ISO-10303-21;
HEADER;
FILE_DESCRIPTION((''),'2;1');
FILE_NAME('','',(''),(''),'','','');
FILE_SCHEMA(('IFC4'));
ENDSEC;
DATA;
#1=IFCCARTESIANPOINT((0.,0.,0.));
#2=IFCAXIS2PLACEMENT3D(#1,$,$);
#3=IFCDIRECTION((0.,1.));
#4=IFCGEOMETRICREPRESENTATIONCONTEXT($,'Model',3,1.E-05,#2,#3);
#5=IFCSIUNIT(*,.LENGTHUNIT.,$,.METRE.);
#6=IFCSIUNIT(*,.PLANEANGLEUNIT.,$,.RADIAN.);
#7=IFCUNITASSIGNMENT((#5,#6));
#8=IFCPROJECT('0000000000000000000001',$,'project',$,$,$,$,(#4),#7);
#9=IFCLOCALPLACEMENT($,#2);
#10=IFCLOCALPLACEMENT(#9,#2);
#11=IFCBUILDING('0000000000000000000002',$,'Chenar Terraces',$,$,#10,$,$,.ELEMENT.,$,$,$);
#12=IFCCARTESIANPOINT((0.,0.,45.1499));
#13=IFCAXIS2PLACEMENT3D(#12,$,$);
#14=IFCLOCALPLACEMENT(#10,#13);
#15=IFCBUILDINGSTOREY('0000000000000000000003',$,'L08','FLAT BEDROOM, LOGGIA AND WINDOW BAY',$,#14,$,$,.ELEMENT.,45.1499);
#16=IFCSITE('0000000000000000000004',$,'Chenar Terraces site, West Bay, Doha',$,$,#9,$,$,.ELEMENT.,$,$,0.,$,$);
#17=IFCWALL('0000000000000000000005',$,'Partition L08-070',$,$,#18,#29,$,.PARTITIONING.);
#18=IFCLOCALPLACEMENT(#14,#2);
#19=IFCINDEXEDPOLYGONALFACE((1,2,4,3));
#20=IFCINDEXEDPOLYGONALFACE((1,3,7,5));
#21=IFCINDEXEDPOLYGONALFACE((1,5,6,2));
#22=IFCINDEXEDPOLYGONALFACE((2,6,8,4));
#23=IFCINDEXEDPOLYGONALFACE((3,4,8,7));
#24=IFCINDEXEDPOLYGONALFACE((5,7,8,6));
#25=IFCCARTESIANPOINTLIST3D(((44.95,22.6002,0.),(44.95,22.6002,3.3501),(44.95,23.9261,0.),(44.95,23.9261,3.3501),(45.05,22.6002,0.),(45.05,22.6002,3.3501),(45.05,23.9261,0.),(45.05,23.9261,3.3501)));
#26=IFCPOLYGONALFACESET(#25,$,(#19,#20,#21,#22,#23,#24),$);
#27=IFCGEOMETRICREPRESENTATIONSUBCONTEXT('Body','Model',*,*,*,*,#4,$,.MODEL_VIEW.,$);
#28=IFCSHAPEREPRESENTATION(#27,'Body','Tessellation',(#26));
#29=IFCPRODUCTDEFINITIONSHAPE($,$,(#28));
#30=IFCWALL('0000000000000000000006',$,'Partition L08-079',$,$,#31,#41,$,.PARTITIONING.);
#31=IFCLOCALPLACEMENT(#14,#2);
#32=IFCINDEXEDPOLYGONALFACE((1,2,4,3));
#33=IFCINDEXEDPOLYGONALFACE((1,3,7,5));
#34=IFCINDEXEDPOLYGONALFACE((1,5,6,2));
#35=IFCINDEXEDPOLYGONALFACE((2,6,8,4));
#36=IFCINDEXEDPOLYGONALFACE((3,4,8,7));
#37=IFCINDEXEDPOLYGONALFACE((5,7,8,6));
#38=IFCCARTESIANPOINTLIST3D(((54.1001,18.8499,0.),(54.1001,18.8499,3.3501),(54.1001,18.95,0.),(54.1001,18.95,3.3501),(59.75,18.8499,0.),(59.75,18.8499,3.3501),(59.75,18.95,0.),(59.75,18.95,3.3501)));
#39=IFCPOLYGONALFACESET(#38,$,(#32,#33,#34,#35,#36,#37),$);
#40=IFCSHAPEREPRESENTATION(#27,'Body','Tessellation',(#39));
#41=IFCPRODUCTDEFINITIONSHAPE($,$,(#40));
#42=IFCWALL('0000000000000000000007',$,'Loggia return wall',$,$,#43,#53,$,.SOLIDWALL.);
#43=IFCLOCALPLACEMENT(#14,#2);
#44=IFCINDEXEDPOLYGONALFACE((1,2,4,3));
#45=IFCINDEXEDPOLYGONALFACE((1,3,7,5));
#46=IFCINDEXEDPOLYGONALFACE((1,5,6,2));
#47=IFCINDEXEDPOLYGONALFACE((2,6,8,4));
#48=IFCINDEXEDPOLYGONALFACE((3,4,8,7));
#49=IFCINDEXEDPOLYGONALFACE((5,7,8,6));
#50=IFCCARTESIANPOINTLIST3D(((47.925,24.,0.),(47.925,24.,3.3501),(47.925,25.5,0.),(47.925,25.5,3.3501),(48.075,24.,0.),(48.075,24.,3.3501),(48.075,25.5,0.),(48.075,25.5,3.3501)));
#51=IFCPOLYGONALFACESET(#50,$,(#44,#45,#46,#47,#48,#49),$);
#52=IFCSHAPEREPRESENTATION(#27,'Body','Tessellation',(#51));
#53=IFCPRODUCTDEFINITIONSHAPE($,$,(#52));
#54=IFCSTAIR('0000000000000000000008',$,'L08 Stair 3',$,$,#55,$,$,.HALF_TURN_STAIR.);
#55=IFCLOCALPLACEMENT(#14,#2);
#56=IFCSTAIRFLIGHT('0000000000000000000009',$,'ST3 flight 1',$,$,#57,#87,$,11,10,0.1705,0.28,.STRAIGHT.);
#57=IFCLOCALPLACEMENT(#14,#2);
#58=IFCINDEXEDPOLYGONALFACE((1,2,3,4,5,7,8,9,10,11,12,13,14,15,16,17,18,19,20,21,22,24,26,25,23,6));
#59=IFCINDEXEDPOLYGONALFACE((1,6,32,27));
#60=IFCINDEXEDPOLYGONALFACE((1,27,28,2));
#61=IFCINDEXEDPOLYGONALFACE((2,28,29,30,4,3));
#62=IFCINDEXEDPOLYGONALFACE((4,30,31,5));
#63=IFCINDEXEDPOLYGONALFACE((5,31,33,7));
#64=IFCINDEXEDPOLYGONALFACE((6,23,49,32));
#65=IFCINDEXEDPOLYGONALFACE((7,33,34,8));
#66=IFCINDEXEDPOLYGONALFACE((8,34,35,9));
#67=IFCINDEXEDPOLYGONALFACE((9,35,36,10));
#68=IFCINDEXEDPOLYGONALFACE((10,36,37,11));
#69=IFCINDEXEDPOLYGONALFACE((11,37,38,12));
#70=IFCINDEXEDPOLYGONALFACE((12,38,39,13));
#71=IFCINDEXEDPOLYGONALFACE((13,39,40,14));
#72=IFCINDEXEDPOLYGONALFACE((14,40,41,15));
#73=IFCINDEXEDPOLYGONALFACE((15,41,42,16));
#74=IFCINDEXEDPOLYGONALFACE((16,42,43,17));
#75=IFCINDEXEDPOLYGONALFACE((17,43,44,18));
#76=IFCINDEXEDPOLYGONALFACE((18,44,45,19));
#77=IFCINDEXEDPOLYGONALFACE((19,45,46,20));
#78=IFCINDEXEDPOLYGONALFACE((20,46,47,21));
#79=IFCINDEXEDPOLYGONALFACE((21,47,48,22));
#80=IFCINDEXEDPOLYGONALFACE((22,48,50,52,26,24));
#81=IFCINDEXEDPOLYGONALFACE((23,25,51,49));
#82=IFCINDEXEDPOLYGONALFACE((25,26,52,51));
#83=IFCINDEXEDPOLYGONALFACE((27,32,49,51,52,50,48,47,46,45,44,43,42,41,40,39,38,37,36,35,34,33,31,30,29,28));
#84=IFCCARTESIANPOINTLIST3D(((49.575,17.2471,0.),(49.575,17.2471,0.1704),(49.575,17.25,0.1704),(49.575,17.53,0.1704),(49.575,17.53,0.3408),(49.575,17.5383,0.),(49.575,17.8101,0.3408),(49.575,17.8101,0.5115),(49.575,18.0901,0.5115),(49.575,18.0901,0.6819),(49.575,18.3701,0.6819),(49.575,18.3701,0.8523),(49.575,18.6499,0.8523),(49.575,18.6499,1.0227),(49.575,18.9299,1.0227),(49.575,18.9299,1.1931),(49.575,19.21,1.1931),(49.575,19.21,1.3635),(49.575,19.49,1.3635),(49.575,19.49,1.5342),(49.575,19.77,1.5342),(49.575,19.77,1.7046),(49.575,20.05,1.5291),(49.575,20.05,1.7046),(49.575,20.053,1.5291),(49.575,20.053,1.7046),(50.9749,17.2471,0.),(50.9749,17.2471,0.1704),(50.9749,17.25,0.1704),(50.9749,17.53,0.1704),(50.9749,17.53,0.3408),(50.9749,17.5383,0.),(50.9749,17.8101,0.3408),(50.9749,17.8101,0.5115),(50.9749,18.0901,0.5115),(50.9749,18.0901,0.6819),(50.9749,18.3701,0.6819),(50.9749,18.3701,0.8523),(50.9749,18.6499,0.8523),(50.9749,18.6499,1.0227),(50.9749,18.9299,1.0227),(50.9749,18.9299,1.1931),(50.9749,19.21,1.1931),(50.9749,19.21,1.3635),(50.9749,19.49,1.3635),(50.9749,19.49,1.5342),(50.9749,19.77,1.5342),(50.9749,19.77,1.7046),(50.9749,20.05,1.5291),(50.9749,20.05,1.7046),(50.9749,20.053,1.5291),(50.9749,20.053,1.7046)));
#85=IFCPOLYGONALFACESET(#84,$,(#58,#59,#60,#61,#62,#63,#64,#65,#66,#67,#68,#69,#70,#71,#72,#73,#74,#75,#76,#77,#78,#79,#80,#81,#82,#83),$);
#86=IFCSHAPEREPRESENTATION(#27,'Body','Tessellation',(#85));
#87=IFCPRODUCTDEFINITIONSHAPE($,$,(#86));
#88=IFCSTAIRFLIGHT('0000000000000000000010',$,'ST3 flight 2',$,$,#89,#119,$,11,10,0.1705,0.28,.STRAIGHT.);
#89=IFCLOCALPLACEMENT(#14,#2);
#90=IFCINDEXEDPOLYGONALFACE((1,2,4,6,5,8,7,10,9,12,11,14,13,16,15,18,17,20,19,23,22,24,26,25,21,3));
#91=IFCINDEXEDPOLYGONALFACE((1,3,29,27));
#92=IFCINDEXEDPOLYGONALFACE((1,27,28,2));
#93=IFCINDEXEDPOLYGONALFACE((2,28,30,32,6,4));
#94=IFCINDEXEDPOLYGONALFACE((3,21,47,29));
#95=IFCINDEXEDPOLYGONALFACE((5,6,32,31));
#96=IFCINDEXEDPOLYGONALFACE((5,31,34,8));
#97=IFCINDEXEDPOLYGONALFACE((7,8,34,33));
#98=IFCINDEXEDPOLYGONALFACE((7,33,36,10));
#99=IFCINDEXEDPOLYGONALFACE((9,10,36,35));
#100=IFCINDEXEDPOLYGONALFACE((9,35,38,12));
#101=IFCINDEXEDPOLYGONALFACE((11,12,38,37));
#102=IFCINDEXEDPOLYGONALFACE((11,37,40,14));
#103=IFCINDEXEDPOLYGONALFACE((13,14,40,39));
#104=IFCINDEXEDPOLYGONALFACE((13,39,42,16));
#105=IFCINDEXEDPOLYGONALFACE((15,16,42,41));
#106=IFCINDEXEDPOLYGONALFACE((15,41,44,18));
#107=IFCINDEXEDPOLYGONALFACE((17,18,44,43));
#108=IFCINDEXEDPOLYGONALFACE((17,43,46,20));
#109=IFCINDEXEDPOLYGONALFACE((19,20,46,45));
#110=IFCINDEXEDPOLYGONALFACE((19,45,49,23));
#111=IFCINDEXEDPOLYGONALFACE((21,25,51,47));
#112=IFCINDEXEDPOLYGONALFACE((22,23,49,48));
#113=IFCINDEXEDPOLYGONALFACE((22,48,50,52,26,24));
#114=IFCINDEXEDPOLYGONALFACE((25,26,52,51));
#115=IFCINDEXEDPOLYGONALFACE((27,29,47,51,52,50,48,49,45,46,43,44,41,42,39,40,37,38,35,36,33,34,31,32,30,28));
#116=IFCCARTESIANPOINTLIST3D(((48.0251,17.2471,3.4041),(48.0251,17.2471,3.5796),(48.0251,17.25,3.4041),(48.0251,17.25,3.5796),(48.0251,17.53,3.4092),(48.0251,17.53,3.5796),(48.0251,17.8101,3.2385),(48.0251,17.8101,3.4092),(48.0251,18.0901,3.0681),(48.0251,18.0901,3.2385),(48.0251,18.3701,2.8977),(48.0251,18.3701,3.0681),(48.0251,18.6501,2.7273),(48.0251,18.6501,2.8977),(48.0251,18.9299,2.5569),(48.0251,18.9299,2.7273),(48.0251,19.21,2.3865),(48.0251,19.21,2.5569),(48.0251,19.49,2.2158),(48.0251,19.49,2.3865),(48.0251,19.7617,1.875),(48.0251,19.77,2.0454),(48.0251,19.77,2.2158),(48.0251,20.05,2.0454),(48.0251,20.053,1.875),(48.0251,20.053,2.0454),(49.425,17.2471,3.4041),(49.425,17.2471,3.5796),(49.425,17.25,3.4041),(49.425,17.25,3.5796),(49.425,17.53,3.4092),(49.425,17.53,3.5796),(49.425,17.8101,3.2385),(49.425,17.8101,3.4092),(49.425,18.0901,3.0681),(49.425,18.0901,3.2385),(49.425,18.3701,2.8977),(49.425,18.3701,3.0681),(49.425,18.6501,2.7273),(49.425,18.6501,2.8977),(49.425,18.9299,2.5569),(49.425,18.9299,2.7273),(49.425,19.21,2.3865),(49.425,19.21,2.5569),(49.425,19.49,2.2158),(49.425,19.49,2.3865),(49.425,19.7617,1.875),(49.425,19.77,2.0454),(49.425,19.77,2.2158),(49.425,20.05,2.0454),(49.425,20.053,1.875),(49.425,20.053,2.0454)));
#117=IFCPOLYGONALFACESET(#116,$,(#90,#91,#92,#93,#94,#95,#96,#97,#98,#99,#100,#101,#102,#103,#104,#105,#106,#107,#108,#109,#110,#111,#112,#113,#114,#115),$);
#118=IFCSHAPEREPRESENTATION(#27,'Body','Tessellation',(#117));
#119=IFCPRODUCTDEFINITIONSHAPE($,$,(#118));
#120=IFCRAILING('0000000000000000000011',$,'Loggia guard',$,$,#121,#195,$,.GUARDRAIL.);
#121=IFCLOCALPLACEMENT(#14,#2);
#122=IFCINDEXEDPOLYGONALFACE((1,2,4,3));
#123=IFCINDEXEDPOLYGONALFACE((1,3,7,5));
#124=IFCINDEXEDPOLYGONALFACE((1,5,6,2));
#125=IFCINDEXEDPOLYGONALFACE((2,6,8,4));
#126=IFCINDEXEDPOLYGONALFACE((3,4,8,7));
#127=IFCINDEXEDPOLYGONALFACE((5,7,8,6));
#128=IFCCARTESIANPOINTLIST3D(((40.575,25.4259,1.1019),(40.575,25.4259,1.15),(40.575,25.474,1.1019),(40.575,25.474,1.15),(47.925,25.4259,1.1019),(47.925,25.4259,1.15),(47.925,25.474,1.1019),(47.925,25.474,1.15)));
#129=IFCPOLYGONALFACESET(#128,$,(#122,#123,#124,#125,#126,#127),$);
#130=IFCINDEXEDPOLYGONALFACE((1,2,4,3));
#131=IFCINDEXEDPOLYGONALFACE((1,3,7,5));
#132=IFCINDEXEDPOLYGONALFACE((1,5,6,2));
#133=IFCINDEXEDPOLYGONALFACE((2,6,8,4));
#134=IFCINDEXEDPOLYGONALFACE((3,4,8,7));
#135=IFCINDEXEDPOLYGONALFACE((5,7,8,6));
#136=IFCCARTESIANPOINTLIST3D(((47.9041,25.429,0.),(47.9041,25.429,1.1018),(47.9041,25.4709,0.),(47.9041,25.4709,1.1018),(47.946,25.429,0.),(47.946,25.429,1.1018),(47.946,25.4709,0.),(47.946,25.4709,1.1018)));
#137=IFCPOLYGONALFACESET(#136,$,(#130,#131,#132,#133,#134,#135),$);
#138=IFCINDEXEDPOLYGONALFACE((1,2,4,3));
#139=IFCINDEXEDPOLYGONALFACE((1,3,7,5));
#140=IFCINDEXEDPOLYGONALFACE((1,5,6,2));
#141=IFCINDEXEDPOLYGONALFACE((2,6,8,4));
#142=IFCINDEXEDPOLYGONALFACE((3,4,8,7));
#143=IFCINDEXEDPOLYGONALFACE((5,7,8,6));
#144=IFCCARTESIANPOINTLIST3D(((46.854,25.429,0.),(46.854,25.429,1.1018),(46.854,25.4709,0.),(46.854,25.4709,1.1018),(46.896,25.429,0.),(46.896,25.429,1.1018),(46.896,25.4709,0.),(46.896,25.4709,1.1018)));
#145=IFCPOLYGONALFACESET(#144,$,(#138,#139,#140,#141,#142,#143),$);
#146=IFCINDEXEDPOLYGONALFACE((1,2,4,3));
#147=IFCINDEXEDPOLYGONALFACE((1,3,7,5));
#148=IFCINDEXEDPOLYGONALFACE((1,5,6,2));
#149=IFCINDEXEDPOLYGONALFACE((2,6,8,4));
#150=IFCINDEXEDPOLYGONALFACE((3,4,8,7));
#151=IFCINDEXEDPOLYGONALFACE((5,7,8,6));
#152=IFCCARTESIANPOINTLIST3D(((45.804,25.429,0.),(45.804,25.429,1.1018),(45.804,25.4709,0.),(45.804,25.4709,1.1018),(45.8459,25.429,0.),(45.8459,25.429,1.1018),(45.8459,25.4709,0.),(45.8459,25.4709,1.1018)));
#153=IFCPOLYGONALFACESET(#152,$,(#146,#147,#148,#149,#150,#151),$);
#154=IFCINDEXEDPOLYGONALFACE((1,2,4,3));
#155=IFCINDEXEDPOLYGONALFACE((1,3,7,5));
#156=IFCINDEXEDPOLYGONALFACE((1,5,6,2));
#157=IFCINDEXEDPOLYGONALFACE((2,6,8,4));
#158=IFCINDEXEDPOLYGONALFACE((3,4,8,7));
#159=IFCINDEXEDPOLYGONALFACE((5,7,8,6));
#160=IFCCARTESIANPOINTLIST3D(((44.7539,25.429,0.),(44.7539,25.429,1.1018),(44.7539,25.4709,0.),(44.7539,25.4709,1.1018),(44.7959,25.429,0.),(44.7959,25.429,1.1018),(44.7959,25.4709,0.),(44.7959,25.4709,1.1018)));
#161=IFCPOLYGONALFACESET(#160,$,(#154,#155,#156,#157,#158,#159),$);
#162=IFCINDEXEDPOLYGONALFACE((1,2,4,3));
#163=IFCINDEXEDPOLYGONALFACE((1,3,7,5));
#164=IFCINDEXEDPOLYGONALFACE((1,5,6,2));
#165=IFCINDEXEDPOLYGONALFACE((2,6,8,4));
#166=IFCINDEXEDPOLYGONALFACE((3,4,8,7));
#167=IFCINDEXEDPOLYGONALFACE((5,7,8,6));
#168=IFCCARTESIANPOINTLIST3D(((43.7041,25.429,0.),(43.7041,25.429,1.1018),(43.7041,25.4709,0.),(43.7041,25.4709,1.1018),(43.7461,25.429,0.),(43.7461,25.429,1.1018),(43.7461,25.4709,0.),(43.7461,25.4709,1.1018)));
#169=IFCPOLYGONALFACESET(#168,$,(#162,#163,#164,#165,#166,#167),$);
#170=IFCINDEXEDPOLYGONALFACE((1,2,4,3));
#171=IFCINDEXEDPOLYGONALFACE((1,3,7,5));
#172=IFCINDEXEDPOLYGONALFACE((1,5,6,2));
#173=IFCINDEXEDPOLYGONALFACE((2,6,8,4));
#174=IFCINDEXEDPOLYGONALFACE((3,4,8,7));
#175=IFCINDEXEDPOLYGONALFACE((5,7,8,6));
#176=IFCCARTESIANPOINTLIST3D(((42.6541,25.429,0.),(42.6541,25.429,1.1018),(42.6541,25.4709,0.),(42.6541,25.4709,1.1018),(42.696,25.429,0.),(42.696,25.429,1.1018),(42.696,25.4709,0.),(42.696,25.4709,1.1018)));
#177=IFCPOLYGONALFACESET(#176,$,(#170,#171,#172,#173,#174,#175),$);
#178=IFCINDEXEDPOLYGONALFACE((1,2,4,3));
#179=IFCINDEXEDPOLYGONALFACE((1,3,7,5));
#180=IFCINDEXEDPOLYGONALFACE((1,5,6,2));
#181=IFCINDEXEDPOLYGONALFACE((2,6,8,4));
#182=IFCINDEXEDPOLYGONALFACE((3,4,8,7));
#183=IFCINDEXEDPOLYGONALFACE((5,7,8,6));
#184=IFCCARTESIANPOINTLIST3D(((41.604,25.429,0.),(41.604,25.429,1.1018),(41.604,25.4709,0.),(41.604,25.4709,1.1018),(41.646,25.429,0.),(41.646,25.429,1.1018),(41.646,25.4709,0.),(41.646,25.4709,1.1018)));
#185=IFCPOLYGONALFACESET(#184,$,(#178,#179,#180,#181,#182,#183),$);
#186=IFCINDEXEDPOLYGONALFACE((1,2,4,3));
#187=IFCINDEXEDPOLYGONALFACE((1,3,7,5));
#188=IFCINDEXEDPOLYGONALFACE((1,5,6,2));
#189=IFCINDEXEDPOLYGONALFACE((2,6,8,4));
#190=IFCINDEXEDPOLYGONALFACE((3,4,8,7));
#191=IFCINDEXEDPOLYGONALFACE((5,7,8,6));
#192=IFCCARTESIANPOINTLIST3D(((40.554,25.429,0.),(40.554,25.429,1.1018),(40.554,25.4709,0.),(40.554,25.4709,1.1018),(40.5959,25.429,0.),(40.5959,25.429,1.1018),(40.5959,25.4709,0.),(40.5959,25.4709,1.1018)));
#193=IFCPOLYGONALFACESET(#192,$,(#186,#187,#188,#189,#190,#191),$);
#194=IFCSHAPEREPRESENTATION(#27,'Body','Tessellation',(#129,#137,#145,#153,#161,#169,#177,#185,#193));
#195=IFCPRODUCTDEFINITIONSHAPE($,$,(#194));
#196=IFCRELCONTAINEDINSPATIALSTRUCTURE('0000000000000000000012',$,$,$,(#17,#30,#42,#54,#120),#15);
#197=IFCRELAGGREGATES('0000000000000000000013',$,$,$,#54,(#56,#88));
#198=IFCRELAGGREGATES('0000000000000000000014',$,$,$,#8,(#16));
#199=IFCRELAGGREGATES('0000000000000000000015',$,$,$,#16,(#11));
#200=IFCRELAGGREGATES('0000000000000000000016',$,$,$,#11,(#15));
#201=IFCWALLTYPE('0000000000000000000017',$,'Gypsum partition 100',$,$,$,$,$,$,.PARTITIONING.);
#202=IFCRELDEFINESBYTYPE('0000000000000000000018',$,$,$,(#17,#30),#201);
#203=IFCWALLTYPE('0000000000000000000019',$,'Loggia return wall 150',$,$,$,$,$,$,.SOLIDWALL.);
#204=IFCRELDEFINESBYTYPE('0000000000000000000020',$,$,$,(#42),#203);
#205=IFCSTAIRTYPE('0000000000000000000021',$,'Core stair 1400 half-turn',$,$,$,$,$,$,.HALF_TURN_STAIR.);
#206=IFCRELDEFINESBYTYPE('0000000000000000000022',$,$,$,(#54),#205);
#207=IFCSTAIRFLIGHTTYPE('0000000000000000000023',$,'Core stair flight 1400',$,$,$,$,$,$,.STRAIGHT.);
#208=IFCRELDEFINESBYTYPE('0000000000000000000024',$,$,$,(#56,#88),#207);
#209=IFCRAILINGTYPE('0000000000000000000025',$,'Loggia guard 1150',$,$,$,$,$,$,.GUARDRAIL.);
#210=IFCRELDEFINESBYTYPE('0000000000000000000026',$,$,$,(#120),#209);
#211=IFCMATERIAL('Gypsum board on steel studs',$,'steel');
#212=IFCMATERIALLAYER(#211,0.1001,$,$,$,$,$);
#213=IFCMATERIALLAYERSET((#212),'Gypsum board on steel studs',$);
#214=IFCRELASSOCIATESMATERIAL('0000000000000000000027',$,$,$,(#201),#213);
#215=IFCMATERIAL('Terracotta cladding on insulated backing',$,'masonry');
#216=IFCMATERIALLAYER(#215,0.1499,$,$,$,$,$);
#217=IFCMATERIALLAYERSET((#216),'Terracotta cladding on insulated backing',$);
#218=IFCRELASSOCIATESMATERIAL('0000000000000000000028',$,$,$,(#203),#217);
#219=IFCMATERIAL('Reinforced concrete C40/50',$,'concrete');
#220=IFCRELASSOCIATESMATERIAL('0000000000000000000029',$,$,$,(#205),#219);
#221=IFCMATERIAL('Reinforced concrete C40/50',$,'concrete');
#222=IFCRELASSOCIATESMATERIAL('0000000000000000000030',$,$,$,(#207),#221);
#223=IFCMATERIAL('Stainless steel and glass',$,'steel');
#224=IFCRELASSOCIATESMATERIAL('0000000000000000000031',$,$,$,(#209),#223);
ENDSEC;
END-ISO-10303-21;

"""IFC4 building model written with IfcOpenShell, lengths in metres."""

from ifc_helpers import new_model, si_unit, direction, frame, frame_2d, origin, origin_2d, place, context, subcontext, project, spatial, polyline, rectangle, outline, extrude, material, layer, layer_set, type_object, element, aggregate, save


model = new_model("IFC4")

# Units and contexts
model_context = context("Model", 3, precision=1e-05, world=origin(), true_north=direction((0.0, 1.0)))
body_context = subcontext(model_context, "Body", "Model", "MODEL_VIEW")
ifc_project = project(units=[si_unit("LENGTHUNIT", "METRE"), si_unit("PLANEANGLEUNIT", "RADIAN")], contexts=[model_context])

# Site, building, storey
site_placement = place(None, origin())
site = spatial("IfcSite", under=ifc_project, at=site_placement, Name="Chenar Terraces site, West Bay, Doha", CompositionType="ELEMENT", RefElevation=0.0)
building_placement = place(site_placement, origin())
building = spatial("IfcBuilding", under=site, at=building_placement, Name="Chenar Terraces", CompositionType="ELEMENT")
storey_placement = place(building_placement, frame((0.0, 0.0, 45.1499)))
storey = spatial("IfcBuildingStorey", under=building, at=storey_placement, Name="L08", Description="FLAT BEDROOM, LOGGIA AND WINDOW BAY", CompositionType="ELEMENT", Elevation=45.1499)

# Walls
ifc_material_1 = material(Name="Gypsum board on steel studs", Category="steel")
ifc_layer_1 = layer(ifc_material_1, 0.1001)
ifc_layer_set_1 = layer_set([ifc_layer_1], Name="Gypsum board on steel studs")
wall_type_1 = type_object("IfcWallType", Name="Gypsum partition 100", PredefinedType="PARTITIONING", material=ifc_layer_set_1)
wall_1_placement = place(storey_placement, frame((45.0, 22.6001, 0.0), z_axis=(0.0, 0.0, 1.0), x_axis=(0.0, 1.0, 0.0)))
element("IfcWall", 1, at=wall_1_placement, inside=storey, type_object=wall_type_1, Name="Partition L08-070", PredefinedType="PARTITIONING", context=body_context, shape_type="SweptSolid", body=[
    extrude(rectangle(XDim=1.3259, YDim=0.1001, at=frame_2d((0.6631, 0.0))), origin(), (0.0, 0.0, 1.0), 3.3501),
])
wall_2_placement = place(storey_placement, frame((54.1001, 18.8999, 0.0), z_axis=(0.0, 0.0, 1.0), x_axis=(1.0, 0.0, 0.0)))
element("IfcWall", 2, at=wall_2_placement, inside=storey, type_object=wall_type_1, Name="Partition L08-079", PredefinedType="PARTITIONING", context=body_context, shape_type="SweptSolid", body=[
    extrude(rectangle(XDim=5.6499, YDim=0.1001, at=frame_2d((2.825, 0.0))), origin(), (0.0, 0.0, 1.0), 3.3501),
])
ifc_material_2 = material(Name="Terracotta cladding on insulated backing", Category="masonry")
ifc_layer_2 = layer(ifc_material_2, 0.1499)
ifc_layer_set_2 = layer_set([ifc_layer_2], Name="Terracotta cladding on insulated backing")
wall_type_2 = type_object("IfcWallType", Name="Loggia return wall 150", PredefinedType="SOLIDWALL", material=ifc_layer_set_2)
wall_3_placement = place(storey_placement, frame((48.0, 25.5, 0.0), z_axis=(0.0, 0.0, 1.0), x_axis=(0.0, -1.0, 0.0)))
element("IfcWall", 3, at=wall_3_placement, inside=storey, type_object=wall_type_2, Name="Loggia return wall", PredefinedType="SOLIDWALL", context=body_context, shape_type="SweptSolid", body=[
    extrude(rectangle(XDim=1.5, YDim=0.1499, at=frame_2d((0.75, 0.0))), origin(), (0.0, 0.0, 1.0), 3.3501),
])

# Stair, stair flights
ifc_material_3 = material(Name="Reinforced concrete C40/50", Category="concrete")
stair_type = type_object("IfcStairType", Name="Core stair 1400 half-turn", PredefinedType="HALF_TURN_STAIR", material=ifc_material_3)
stair_placement = place(storey_placement, origin())
stair = element("IfcStair", 4, at=stair_placement, inside=storey, type_object=stair_type, Name="L08 Stair 3", PredefinedType="HALF_TURN_STAIR")
ifc_material_4 = material(Name="Reinforced concrete C40/50", Category="concrete")
stair_flight_type = type_object("IfcStairFlightType", Name="Core stair flight 1400", PredefinedType="STRAIGHT", material=ifc_material_4)
stair_flight_1_placement = place(storey_placement, frame((50.2749, 17.25, 0.0), z_axis=(0.0, 0.0, 1.0), x_axis=(0.0, 1.0, 0.0)))
stair_flight_1 = element("IfcStairFlight", 5, at=stair_flight_1_placement, type_object=stair_flight_type, Name="ST3 flight 1", NumberOfRisers=11, NumberOfTreads=10, PredefinedType="STRAIGHT", RiserHeight=0.1705, TreadLength=0.28, context=body_context, shape_type="SweptSolid", body=[
    extrude(outline(polyline([(-0.0029, 0.0), (-0.0029, 0.1704), (0.0, 0.1704), (0.28, 0.1704), (0.28, 0.3408), (0.5601, 0.3408), (0.5601, 0.5115), (0.8401, 0.5115), (0.8401, 0.6819), (1.1201, 0.6819), (1.1201, 0.8523), (1.3999, 0.8523), (1.3999, 1.0227), (1.6799, 1.0227), (1.6799, 1.1931), (1.96, 1.1931), (1.96, 1.3635), (2.24, 1.3635), (2.24, 1.5342), (2.52, 1.5342), (2.52, 1.7046), (2.8, 1.7046), (2.803, 1.7046), (2.803, 1.5291), (2.8, 1.5291), (0.2883, 0.0), (-0.0029, 0.0)])), frame((0.0, 0.7, 0.0), z_axis=(0.0, -1.0, 0.0), x_axis=(1.0, 0.0, 0.0)), (0.0, 0.0, 1.0), 1.3999),
])
stair_flight_2_placement = place(storey_placement, frame((48.7251, 20.05, 1.875), z_axis=(0.0, 0.0, 1.0), x_axis=(0.0, -1.0, 0.0)))
stair_flight_2 = element("IfcStairFlight", 6, at=stair_flight_2_placement, type_object=stair_flight_type, Name="ST3 flight 2", NumberOfRisers=11, NumberOfTreads=10, PredefinedType="STRAIGHT", RiserHeight=0.1705, TreadLength=0.28, context=body_context, shape_type="SweptSolid", body=[
    extrude(outline(polyline([(-0.0029, 0.0), (-0.0029, 0.1704), (0.0, 0.1704), (0.28, 0.1704), (0.28, 0.3408), (0.5601, 0.3408), (0.5601, 0.5115), (0.8401, 0.5115), (0.8401, 0.6819), (1.1201, 0.6819), (1.1201, 0.8523), (1.3999, 0.8523), (1.3999, 1.0227), (1.6799, 1.0227), (1.6799, 1.1931), (1.96, 1.1931), (1.96, 1.3635), (2.24, 1.3635), (2.24, 1.5342), (2.52, 1.5342), (2.52, 1.7046), (2.8, 1.7046), (2.803, 1.7046), (2.803, 1.5291), (2.8, 1.5291), (0.2883, 0.0), (-0.0029, 0.0)])), frame((0.0, 0.7, 0.0), z_axis=(0.0, -1.0, 0.0), x_axis=(1.0, 0.0, 0.0)), (0.0, 0.0, 1.0), 1.3999),
])
aggregate(stair, [stair_flight_1, stair_flight_2])

# Railing
ifc_material_5 = material(Name="Stainless steel and glass", Category="steel")
railing_type_1 = type_object("IfcRailingType", Name="Loggia guard 1150", PredefinedType="GUARDRAIL", material=ifc_material_5)
railing_1_placement = place(storey_placement, frame((47.925, 25.45, 0.0)))
element("IfcRailing", 7, at=railing_1_placement, inside=storey, type_object=railing_type_1, Name="Loggia guard", PredefinedType="GUARDRAIL", context=body_context, shape_type="SweptSolid", body=[
    extrude(rectangle(XDim=0.0481, YDim=0.0481, at=origin_2d()), frame((0.0, 0.0, 1.126), z_axis=(-1.0, 0.0, 0.0), x_axis=(0.0, -1.0, 0.0)), (0.0, 0.0, 1.0), 7.3501),
    extrude(rectangle(XDim=0.042, YDim=0.042, at=origin_2d()), origin(), (0.0, 0.0, 1.0), 1.1018),
    extrude(rectangle(XDim=0.042, YDim=0.042, at=origin_2d()), frame((-1.05, 0.0, 0.0)), (0.0, 0.0, 1.0), 1.1018),
    extrude(rectangle(XDim=0.042, YDim=0.042, at=origin_2d()), frame((-2.1001, 0.0, 0.0)), (0.0, 0.0, 1.0), 1.1018),
    extrude(rectangle(XDim=0.042, YDim=0.042, at=origin_2d()), frame((-3.1501, 0.0, 0.0)), (0.0, 0.0, 1.0), 1.1018),
    extrude(rectangle(XDim=0.042, YDim=0.042, at=origin_2d()), frame((-4.2, 0.0, 0.0)), (0.0, 0.0, 1.0), 1.1018),
    extrude(rectangle(XDim=0.042, YDim=0.042, at=origin_2d()), frame((-5.25, 0.0, 0.0)), (0.0, 0.0, 1.0), 1.1018),
    extrude(rectangle(XDim=0.042, YDim=0.042, at=origin_2d()), frame((-6.3, 0.0, 0.0)), (0.0, 0.0, 1.0), 1.1018),
    extrude(rectangle(XDim=0.042, YDim=0.042, at=origin_2d()), frame((-7.3501, 0.0, 0.0)), (0.0, 0.0, 1.0), 1.1018),
])

save(model, "model.ifc")
